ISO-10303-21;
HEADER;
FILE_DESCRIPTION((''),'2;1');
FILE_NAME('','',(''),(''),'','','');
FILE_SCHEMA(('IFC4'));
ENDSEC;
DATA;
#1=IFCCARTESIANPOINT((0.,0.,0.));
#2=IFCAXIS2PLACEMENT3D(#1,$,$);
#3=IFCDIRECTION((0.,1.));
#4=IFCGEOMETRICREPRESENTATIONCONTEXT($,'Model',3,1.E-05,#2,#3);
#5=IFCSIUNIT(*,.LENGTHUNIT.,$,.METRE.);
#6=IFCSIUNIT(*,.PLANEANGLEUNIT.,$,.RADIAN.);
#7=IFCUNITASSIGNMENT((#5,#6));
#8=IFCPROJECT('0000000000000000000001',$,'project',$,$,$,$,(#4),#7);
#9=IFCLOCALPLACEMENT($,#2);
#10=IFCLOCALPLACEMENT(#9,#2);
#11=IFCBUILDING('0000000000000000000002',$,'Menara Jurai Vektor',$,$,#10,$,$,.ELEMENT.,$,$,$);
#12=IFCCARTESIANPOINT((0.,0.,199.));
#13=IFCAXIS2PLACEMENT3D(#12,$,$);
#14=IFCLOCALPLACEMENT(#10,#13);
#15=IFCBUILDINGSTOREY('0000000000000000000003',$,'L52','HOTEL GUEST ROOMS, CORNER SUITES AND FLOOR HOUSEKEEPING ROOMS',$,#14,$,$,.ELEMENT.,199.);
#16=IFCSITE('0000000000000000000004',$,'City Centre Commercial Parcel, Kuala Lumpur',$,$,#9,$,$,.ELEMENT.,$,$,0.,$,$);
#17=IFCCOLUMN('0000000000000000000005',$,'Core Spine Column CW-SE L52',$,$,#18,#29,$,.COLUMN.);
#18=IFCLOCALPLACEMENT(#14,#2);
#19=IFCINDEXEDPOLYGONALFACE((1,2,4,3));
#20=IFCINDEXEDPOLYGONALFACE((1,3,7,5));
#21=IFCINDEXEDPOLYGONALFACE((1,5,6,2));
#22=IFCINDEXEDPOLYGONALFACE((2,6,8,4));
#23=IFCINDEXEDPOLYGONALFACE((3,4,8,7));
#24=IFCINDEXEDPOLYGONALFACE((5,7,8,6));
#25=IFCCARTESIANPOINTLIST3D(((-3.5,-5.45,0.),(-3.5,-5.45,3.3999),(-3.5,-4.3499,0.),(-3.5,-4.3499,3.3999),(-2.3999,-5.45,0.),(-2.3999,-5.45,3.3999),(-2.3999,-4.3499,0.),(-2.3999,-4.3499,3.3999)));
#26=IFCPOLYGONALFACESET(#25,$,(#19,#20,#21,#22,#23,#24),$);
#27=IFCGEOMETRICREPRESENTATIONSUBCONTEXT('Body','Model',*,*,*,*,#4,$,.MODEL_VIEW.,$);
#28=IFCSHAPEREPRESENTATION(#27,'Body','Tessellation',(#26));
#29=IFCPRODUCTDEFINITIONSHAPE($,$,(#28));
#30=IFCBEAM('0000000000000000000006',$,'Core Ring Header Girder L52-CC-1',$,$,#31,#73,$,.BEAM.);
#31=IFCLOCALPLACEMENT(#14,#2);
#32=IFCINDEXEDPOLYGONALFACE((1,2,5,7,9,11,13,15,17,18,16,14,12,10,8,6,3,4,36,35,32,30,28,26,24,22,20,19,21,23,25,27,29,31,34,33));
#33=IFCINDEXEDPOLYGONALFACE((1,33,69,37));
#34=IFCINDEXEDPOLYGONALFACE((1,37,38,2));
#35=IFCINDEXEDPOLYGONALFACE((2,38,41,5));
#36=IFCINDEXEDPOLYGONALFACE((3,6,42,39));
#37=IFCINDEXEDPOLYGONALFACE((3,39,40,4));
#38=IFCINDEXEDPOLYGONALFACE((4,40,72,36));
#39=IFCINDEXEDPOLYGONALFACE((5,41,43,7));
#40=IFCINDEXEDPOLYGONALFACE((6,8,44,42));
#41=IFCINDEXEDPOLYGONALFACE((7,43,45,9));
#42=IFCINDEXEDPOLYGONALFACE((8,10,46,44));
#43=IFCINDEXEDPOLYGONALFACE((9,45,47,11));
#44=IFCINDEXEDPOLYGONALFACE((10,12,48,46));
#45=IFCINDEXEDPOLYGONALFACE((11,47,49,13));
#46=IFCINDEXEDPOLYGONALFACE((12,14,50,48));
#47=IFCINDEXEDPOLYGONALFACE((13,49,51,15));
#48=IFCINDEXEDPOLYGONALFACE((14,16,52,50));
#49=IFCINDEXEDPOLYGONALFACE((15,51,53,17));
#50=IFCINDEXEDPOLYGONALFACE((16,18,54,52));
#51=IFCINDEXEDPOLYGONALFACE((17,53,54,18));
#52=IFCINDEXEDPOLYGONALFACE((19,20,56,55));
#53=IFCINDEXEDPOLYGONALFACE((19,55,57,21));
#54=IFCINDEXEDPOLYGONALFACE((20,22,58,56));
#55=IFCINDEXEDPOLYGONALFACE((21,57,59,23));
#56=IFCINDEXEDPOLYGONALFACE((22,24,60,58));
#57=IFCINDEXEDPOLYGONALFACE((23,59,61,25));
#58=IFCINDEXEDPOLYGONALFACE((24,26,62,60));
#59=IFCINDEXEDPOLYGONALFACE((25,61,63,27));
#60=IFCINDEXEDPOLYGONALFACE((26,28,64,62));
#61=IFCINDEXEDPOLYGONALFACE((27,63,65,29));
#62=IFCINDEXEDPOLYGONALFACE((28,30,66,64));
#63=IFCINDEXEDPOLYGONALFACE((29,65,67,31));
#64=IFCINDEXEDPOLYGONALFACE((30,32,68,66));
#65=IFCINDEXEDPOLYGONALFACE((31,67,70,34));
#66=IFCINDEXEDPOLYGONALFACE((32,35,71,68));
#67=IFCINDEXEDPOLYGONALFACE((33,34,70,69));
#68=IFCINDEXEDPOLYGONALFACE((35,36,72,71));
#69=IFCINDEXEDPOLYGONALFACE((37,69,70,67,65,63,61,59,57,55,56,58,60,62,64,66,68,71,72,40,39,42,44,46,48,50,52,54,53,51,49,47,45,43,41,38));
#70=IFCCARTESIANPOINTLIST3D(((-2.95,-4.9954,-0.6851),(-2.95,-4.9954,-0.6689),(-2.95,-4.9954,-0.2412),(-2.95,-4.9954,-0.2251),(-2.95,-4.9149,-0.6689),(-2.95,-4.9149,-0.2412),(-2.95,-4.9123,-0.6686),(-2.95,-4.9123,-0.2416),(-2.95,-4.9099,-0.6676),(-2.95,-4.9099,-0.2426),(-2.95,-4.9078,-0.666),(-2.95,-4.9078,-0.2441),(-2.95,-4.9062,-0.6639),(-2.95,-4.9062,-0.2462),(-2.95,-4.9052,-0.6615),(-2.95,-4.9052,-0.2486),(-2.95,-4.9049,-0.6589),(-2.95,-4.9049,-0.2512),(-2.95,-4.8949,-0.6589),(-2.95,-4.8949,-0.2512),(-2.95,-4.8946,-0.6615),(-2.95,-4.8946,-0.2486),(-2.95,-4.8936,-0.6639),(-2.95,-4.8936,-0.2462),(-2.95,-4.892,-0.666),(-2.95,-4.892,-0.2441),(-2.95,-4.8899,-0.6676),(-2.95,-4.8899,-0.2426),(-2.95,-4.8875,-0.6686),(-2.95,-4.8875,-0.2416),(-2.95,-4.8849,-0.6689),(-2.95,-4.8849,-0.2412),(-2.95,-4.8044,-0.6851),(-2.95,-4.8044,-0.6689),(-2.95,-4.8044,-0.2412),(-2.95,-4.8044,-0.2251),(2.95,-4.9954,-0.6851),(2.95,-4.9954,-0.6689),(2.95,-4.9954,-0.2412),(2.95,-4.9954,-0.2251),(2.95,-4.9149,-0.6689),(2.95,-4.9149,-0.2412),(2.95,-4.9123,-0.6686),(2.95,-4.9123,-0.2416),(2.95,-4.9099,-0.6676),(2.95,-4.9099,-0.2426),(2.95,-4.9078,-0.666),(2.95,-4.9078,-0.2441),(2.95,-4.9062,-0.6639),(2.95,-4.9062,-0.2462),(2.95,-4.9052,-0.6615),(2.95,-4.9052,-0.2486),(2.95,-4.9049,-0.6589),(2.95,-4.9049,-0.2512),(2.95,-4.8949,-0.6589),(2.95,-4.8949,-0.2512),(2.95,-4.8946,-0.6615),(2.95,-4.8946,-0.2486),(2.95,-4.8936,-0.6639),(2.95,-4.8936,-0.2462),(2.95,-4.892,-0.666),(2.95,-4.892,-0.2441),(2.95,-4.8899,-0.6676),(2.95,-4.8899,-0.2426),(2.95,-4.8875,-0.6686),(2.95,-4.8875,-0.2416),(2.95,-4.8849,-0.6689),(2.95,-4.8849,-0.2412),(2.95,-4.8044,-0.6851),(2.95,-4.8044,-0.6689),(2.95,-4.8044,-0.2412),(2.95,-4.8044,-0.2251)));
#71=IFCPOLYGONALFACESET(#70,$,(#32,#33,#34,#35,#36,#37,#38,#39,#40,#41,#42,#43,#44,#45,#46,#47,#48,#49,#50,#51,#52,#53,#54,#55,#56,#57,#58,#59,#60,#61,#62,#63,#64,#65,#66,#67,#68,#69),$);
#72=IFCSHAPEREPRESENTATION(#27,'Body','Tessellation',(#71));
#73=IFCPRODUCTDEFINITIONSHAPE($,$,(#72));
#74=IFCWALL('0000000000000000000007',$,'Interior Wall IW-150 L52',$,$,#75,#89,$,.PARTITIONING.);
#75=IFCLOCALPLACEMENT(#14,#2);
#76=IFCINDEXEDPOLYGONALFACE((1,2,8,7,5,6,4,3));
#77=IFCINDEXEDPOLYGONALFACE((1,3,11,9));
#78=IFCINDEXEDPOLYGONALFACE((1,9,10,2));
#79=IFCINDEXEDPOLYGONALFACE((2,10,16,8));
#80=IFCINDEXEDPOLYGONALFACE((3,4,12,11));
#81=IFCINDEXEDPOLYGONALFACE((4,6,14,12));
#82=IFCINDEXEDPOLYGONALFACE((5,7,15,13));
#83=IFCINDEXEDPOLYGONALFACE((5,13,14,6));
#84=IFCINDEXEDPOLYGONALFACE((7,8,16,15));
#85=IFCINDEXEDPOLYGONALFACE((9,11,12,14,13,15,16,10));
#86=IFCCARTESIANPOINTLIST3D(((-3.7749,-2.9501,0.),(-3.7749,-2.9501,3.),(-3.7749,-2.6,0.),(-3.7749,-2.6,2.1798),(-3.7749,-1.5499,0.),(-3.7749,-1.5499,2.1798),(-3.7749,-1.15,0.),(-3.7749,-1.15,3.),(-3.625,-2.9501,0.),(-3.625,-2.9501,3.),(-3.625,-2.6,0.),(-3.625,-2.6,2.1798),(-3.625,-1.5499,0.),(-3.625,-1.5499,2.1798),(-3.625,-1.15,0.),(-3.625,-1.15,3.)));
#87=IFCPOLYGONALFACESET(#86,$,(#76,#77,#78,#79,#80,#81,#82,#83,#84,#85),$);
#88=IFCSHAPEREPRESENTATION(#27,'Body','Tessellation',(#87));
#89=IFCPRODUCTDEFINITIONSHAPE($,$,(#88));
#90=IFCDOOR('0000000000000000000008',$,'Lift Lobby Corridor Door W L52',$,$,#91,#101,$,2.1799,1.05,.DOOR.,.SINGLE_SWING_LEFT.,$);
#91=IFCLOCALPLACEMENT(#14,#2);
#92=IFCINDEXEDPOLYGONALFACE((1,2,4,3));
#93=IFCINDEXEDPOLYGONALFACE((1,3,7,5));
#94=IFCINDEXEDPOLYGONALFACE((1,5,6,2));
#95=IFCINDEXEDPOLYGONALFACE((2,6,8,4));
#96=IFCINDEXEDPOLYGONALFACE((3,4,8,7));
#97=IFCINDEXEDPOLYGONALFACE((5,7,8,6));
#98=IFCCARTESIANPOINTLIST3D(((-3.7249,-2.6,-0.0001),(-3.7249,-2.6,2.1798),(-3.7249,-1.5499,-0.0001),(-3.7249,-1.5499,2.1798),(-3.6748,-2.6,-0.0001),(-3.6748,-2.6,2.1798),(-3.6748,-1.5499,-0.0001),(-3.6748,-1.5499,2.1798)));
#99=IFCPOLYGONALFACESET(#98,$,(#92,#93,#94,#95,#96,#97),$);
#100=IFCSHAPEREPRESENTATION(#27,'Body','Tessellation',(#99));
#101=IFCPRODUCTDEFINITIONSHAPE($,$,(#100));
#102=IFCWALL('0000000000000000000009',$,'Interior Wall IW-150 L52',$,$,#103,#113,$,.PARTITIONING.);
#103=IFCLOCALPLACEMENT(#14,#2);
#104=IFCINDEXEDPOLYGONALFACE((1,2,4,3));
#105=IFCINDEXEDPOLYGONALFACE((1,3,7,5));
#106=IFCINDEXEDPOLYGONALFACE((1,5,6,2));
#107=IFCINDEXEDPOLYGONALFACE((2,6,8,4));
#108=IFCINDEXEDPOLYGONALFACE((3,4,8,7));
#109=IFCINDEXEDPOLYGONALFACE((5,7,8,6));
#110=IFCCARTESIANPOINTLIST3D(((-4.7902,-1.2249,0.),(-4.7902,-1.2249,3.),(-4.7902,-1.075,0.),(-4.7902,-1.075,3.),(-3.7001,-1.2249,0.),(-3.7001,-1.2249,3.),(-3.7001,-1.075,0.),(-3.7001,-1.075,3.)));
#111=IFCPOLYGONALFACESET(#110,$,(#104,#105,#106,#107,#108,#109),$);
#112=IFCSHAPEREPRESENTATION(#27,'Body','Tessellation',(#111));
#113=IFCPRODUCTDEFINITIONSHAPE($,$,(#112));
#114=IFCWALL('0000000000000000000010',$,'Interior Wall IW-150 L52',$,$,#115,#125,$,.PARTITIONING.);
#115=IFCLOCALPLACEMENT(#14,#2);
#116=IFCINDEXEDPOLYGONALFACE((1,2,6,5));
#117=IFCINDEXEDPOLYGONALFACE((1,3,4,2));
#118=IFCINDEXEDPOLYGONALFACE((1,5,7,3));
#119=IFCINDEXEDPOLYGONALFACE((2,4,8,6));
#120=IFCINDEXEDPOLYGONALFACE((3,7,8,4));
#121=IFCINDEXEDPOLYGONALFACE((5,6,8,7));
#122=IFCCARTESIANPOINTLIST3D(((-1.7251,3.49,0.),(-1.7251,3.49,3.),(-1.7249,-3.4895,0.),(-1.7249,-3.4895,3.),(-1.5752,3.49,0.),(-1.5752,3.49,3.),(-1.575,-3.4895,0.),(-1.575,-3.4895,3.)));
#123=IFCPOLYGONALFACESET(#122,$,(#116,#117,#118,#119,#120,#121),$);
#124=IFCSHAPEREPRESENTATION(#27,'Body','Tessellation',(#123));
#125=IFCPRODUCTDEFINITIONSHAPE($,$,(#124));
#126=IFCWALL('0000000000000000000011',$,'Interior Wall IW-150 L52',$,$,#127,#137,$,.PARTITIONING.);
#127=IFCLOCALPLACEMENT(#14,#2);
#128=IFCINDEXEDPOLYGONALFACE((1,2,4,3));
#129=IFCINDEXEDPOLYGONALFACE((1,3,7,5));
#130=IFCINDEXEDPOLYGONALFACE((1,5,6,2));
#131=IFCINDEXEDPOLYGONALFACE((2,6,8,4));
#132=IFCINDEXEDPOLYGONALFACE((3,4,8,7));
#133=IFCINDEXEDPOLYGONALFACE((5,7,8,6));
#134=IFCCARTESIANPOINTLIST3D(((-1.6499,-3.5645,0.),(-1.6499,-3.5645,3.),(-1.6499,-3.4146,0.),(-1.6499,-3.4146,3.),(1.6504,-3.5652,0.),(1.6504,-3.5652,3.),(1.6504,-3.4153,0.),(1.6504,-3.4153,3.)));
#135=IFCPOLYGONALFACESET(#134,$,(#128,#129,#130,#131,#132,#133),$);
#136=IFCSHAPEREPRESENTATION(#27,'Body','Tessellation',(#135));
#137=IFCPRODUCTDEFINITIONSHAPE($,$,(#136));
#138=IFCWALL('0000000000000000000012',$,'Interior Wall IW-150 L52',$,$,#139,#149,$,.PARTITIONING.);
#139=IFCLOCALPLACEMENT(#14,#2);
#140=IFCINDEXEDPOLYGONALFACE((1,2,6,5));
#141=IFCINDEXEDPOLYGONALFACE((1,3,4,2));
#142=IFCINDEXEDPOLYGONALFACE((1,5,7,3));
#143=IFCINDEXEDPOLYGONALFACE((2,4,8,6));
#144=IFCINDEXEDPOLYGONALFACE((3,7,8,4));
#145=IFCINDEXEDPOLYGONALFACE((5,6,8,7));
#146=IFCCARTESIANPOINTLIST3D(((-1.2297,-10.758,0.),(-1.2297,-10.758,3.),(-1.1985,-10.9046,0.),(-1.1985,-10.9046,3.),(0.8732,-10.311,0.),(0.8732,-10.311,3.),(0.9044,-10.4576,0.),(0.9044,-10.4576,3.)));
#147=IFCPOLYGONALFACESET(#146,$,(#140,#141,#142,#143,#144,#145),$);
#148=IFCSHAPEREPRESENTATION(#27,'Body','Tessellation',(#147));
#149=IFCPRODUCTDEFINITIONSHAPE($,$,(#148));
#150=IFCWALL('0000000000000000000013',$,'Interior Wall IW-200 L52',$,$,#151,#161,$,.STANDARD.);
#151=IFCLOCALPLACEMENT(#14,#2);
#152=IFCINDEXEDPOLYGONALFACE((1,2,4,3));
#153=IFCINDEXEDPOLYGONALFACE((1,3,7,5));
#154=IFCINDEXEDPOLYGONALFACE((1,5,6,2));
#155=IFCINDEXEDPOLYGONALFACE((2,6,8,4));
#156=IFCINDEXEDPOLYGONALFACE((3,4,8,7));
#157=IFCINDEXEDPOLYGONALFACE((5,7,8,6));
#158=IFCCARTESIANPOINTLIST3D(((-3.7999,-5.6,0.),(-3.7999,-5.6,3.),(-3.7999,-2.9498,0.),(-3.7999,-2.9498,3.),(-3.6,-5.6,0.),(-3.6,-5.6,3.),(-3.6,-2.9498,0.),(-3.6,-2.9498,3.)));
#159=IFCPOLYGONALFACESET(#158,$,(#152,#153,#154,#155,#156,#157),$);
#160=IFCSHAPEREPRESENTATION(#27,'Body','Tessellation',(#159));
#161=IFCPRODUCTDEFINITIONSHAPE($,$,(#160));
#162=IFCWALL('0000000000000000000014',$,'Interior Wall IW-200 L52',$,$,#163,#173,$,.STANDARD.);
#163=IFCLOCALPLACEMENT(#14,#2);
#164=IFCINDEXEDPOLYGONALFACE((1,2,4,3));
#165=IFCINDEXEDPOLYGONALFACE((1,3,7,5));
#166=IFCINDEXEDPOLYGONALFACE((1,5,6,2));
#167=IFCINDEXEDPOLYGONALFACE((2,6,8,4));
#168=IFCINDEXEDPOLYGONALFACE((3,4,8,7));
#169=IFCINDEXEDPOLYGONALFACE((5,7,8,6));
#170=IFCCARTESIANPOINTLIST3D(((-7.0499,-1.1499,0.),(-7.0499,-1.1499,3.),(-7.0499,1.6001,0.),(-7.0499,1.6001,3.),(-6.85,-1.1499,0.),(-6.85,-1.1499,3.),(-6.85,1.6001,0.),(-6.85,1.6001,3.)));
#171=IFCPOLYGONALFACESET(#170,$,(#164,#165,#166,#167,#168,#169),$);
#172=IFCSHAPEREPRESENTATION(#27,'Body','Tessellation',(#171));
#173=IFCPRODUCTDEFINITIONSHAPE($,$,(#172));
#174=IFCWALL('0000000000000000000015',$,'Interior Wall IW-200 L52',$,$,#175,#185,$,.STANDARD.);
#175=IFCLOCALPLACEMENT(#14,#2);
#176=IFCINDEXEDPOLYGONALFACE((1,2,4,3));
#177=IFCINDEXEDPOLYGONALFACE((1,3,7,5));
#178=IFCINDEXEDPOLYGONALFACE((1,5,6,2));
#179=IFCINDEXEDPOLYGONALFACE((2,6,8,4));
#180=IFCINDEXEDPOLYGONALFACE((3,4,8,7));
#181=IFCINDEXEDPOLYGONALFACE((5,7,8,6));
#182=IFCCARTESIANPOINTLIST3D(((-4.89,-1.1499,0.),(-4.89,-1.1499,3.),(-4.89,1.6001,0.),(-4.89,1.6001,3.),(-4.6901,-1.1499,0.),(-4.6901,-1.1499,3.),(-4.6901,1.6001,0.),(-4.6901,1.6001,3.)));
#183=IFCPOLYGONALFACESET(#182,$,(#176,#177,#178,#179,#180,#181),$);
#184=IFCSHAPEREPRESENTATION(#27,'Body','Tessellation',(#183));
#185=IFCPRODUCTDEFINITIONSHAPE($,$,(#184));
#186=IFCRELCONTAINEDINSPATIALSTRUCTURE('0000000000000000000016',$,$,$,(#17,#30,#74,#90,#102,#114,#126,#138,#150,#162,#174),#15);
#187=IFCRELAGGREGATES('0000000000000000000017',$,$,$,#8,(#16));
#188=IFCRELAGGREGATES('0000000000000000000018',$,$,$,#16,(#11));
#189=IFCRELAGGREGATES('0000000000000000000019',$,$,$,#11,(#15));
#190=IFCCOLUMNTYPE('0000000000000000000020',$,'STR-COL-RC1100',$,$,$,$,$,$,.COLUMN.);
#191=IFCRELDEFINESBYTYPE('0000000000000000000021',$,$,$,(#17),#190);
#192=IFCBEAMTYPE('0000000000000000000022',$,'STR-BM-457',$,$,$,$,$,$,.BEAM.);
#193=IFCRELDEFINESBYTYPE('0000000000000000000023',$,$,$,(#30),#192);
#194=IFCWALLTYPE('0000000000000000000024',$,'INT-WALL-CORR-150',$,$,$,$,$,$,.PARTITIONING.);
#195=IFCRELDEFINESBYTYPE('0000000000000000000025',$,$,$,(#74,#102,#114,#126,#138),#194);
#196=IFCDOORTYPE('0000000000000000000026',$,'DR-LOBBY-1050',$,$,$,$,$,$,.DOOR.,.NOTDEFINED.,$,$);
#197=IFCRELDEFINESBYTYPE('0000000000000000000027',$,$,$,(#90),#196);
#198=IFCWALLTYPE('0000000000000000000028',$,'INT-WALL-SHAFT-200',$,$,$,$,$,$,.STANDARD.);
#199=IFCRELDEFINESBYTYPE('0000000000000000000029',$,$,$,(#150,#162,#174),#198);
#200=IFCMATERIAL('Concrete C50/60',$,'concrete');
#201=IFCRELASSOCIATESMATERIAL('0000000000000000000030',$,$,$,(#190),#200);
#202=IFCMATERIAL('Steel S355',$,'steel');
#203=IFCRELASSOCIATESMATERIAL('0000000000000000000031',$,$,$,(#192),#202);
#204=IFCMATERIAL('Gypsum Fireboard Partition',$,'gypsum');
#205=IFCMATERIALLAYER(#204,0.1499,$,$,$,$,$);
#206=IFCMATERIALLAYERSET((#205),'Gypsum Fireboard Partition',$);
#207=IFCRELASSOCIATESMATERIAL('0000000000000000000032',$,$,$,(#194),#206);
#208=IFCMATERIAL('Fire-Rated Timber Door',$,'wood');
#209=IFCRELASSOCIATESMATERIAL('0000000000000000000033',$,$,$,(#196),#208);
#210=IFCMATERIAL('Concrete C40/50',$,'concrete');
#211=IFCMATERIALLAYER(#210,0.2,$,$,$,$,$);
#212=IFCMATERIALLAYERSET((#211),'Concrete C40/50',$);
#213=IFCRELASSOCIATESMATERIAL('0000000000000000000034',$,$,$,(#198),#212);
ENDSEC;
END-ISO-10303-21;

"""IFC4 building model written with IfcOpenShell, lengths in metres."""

from ifc_helpers import new_model, si_unit, direction, frame, frame_2d, origin, origin_2d, place, context, subcontext, project, spatial, rectangle, i_section, extrude, material, layer, layer_set, material_profile, profile_set, type_object, element, fill, save


model = new_model("IFC4")

# Units and contexts
model_context = context("Model", 3, precision=1e-05, world=origin(), true_north=direction((0.0, 1.0)))
body_context = subcontext(model_context, "Body", "Model", "MODEL_VIEW")
ifc_project = project(units=[si_unit("LENGTHUNIT", "METRE"), si_unit("PLANEANGLEUNIT", "RADIAN")], contexts=[model_context])

# Site, building, storey
site_placement = place(None, origin())
site = spatial("IfcSite", under=ifc_project, at=site_placement, Name="City Centre Commercial Parcel, Kuala Lumpur", CompositionType="ELEMENT", RefElevation=0.0)
building_placement = place(site_placement, origin())
building = spatial("IfcBuilding", under=site, at=building_placement, Name="Menara Jurai Vektor", CompositionType="ELEMENT")
storey_placement = place(building_placement, frame((0.0, 0.0, 199.0)))
storey = spatial("IfcBuildingStorey", under=building, at=storey_placement, Name="L52", Description="HOTEL GUEST ROOMS, CORNER SUITES AND FLOOR HOUSEKEEPING ROOMS", CompositionType="ELEMENT", Elevation=199.0)

# Column
ifc_material_1 = material(Name="Concrete C50/60", Category="concrete")
ifc_material_profile_1 = material_profile(ifc_material_1, rectangle(XDim=1.1001, YDim=1.1001, at=origin_2d()), Name="RC 1100x1100")
ifc_profile_set_1 = profile_set([ifc_material_profile_1], Name="Concrete C50/60")
column_type = type_object("IfcColumnType", Name="STR-COL-RC1100", PredefinedType="COLUMN", material=ifc_profile_set_1)
column_placement = place(storey_placement, frame((-2.95, -4.8999, 0.0), z_axis=(0.0, 0.0, 1.0), x_axis=(1.0, 0.0, 0.0)))
element("IfcColumn", 1, at=column_placement, inside=storey, type_object=column_type, Name="Core Spine Column CW-SE L52", PredefinedType="COLUMN", context=body_context, shape_type="SweptSolid", body=[
    extrude(rectangle(XDim=1.1001, YDim=1.1001, at=origin_2d()), origin(), (0.0, 0.0, 1.0), 3.3999),
])

# Beam
ifc_material_2 = material(Name="Steel S355", Category="steel")
ifc_material_profile_2 = material_profile(ifc_material_2, i_section(OverallWidth=0.1909, OverallDepth=0.46, WebThickness=0.01, FlangeThickness=0.0161, FilletRadius=0.01, at=origin_2d()), Name="UKB 457x191x82")
ifc_profile_set_2 = profile_set([ifc_material_profile_2], Name="Steel S355")
beam_type = type_object("IfcBeamType", Name="STR-BM-457", PredefinedType="BEAM", material=ifc_profile_set_2)
beam_placement = place(storey_placement, frame((-2.95, -4.8999, -0.4551), z_axis=(1.0, 0.0, 0.0), x_axis=(0.0, 1.0, 0.0)))
element("IfcBeam", 2, at=beam_placement, inside=storey, type_object=beam_type, Name="Core Ring Header Girder L52-CC-1", PredefinedType="BEAM", context=body_context, shape_type="SweptSolid", body=[
    extrude(i_section(OverallWidth=0.1909, OverallDepth=0.46, WebThickness=0.01, FlangeThickness=0.0161, FilletRadius=0.01, at=origin_2d()), origin(), (0.0, 0.0, 1.0), 5.8999),
])

# Wall, opening, door
ifc_material_3 = material(Name="Gypsum Fireboard Partition", Category="gypsum")
ifc_layer_1 = layer(ifc_material_3, 0.1499)
ifc_layer_set_1 = layer_set([ifc_layer_1], Name="Gypsum Fireboard Partition")
wall_type_1 = type_object("IfcWallType", Name="INT-WALL-CORR-150", PredefinedType="PARTITIONING", material=ifc_layer_set_1)
wall_1_placement = place(storey_placement, frame((-3.7, -2.95, 0.0), z_axis=(0.0, 0.0, 1.0), x_axis=(0.0, 1.0, 0.0)))
wall_1 = element("IfcWall", 3, at=wall_1_placement, inside=storey, type_object=wall_type_1, Name="Interior Wall IW-150 L52", PredefinedType="PARTITIONING", context=body_context, shape_type="SweptSolid", body=[
    extrude(rectangle(XDim=1.8, YDim=0.1499, at=frame_2d((0.8999, 0.0))), origin(), (0.0, 0.0, 1.0), 3.0),
])
opening_1_placement = place(wall_1_placement, frame((0.3501, 0.0, 0.0)))
opening_1 = element("IfcOpeningElement", 4, at=opening_1_placement, cuts=wall_1, PredefinedType="OPENING", context=body_context, shape_type="SweptSolid", body=[
    extrude(rectangle(XDim=1.05, YDim=2.1799, at=frame_2d((0.5249, 1.0898))), frame((0.0, 0.085, 0.0), z_axis=(0.0, -1.0, 0.0), x_axis=(1.0, 0.0, 0.0)), (0.0, 0.0, 1.0), 0.1699),
])
ifc_material_4 = material(Name="Fire-Rated Timber Door", Category="wood")
door_type_1 = type_object("IfcDoorType", Name="DR-LOBBY-1050", OperationType="NOTDEFINED", PredefinedType="DOOR", material=ifc_material_4)
door_1_placement = place(opening_1_placement, origin())
door_1 = element("IfcDoor", 5, at=door_1_placement, inside=storey, type_object=door_type_1, Name="Lift Lobby Corridor Door W L52", OperationType="SINGLE_SWING_LEFT", OverallHeight=2.1799, OverallWidth=1.05, PredefinedType="DOOR", context=body_context, shape_type="SweptSolid", body=[
    extrude(rectangle(XDim=1.05, YDim=2.1799, at=frame_2d((0.5249, 1.0898))), frame((0.0, 0.0249, 0.0), z_axis=(0.0, -1.0, 0.0), x_axis=(1.0, 0.0, 0.0)), (0.0, 0.0, 1.0), 0.05),
])
fill(opening_1, door_1)

# Walls
wall_2_placement = place(storey_placement, frame((-4.79, -1.1499, 0.0), z_axis=(0.0, 0.0, 1.0), x_axis=(1.0, 0.0, 0.0)))
element("IfcWall", 6, at=wall_2_placement, inside=storey, type_object=wall_type_1, Name="Interior Wall IW-150 L52", PredefinedType="PARTITIONING", context=body_context, shape_type="SweptSolid", body=[
    extrude(rectangle(XDim=1.0901, YDim=0.1499, at=frame_2d((0.5449, 0.0))), origin(), (0.0, 0.0, 1.0), 3.0),
])
wall_3_placement = place(storey_placement, frame((-1.6499, -3.4895, 0.0), z_axis=(0.0, 0.0, 1.0), x_axis=(-0.000035, 1.0, 0.0)))
element("IfcWall", 7, at=wall_3_placement, inside=storey, type_object=wall_type_1, Name="Interior Wall IW-150 L52", PredefinedType="PARTITIONING", context=body_context, shape_type="SweptSolid", body=[
    extrude(rectangle(XDim=6.9795, YDim=0.1499, at=frame_2d((3.4897, 0.0))), origin(), (0.0, 0.0, 1.0), 3.0),
])
wall_4_placement = place(storey_placement, frame((-1.6499, -3.4895, 0.0), z_axis=(0.0, 0.0, 1.0), x_axis=(1.0, -0.000222, 0.0)))
element("IfcWall", 8, at=wall_4_placement, inside=storey, type_object=wall_type_1, Name="Interior Wall IW-150 L52", PredefinedType="PARTITIONING", context=body_context, shape_type="SweptSolid", body=[
    extrude(rectangle(XDim=3.3003, YDim=0.1499, at=frame_2d((1.6501, 0.0))), origin(), (0.0, 0.0, 1.0), 3.0),
])

# Wall
wall_5_placement = place(storey_placement, frame((-1.2141, -10.8313, 0.0), z_axis=(0.0, 0.0, 1.0), x_axis=(0.978147, 0.207916, 0.0)))
element("IfcWall", 9, at=wall_5_placement, inside=storey, type_object=wall_type_1, Name="Interior Wall IW-150 L52", PredefinedType="PARTITIONING", context=body_context, shape_type="SweptSolid", body=[
    extrude(rectangle(XDim=2.1499, YDim=0.1499, at=frame_2d((1.075, 0.0))), origin(), (0.0, 0.0, 1.0), 3.0),
])

# Shared definitions
ifc_material_5 = material(Name="Concrete C40/50", Category="concrete")
ifc_layer_2 = layer(ifc_material_5, 0.2)
ifc_layer_set_2 = layer_set([ifc_layer_2], Name="Concrete C40/50")
wall_type_2 = type_object("IfcWallType", Name="INT-WALL-SHAFT-200", PredefinedType="STANDARD", material=ifc_layer_set_2)

# Walls
wall_6_placement = place(storey_placement, frame((-3.7, -5.6001, 0.0), z_axis=(0.0, 0.0, 1.0), x_axis=(0.0, 1.0, 0.0)))
element("IfcWall", 10, at=wall_6_placement, inside=storey, type_object=wall_type_2, Name="Interior Wall IW-200 L52", PredefinedType="STANDARD", context=body_context, shape_type="SweptSolid", body=[
    extrude(rectangle(XDim=2.6501, YDim=0.2, at=frame_2d((1.3252, 0.0))), origin(), (0.0, 0.0, 1.0), 3.0),
])
for number, where, z_axis, x_axis, name in (
    (11, (-6.95, -1.1499, 0.0), (0.0, 0.0, 1.0), (0.0, 1.0, 0.0), "Interior Wall IW-200 L52"),
    (12, (-4.79, -1.1499, 0.0), (0.0, 0.0, 1.0), (0.0, 1.0, 0.0), "Interior Wall IW-200 L52"),
):
    element("IfcWall", number, at=place(storey_placement, frame(where, z_axis=z_axis, x_axis=x_axis)), inside=storey, type_object=wall_type_2, Name=name, PredefinedType="STANDARD", context=body_context, shape_type="SweptSolid", body=[
        extrude(rectangle(XDim=2.75, YDim=0.2, at=frame_2d((1.375, 0.0))), origin(), (0.0, 0.0, 1.0), 3.0),
    ])

save(model, "model.ifc")
